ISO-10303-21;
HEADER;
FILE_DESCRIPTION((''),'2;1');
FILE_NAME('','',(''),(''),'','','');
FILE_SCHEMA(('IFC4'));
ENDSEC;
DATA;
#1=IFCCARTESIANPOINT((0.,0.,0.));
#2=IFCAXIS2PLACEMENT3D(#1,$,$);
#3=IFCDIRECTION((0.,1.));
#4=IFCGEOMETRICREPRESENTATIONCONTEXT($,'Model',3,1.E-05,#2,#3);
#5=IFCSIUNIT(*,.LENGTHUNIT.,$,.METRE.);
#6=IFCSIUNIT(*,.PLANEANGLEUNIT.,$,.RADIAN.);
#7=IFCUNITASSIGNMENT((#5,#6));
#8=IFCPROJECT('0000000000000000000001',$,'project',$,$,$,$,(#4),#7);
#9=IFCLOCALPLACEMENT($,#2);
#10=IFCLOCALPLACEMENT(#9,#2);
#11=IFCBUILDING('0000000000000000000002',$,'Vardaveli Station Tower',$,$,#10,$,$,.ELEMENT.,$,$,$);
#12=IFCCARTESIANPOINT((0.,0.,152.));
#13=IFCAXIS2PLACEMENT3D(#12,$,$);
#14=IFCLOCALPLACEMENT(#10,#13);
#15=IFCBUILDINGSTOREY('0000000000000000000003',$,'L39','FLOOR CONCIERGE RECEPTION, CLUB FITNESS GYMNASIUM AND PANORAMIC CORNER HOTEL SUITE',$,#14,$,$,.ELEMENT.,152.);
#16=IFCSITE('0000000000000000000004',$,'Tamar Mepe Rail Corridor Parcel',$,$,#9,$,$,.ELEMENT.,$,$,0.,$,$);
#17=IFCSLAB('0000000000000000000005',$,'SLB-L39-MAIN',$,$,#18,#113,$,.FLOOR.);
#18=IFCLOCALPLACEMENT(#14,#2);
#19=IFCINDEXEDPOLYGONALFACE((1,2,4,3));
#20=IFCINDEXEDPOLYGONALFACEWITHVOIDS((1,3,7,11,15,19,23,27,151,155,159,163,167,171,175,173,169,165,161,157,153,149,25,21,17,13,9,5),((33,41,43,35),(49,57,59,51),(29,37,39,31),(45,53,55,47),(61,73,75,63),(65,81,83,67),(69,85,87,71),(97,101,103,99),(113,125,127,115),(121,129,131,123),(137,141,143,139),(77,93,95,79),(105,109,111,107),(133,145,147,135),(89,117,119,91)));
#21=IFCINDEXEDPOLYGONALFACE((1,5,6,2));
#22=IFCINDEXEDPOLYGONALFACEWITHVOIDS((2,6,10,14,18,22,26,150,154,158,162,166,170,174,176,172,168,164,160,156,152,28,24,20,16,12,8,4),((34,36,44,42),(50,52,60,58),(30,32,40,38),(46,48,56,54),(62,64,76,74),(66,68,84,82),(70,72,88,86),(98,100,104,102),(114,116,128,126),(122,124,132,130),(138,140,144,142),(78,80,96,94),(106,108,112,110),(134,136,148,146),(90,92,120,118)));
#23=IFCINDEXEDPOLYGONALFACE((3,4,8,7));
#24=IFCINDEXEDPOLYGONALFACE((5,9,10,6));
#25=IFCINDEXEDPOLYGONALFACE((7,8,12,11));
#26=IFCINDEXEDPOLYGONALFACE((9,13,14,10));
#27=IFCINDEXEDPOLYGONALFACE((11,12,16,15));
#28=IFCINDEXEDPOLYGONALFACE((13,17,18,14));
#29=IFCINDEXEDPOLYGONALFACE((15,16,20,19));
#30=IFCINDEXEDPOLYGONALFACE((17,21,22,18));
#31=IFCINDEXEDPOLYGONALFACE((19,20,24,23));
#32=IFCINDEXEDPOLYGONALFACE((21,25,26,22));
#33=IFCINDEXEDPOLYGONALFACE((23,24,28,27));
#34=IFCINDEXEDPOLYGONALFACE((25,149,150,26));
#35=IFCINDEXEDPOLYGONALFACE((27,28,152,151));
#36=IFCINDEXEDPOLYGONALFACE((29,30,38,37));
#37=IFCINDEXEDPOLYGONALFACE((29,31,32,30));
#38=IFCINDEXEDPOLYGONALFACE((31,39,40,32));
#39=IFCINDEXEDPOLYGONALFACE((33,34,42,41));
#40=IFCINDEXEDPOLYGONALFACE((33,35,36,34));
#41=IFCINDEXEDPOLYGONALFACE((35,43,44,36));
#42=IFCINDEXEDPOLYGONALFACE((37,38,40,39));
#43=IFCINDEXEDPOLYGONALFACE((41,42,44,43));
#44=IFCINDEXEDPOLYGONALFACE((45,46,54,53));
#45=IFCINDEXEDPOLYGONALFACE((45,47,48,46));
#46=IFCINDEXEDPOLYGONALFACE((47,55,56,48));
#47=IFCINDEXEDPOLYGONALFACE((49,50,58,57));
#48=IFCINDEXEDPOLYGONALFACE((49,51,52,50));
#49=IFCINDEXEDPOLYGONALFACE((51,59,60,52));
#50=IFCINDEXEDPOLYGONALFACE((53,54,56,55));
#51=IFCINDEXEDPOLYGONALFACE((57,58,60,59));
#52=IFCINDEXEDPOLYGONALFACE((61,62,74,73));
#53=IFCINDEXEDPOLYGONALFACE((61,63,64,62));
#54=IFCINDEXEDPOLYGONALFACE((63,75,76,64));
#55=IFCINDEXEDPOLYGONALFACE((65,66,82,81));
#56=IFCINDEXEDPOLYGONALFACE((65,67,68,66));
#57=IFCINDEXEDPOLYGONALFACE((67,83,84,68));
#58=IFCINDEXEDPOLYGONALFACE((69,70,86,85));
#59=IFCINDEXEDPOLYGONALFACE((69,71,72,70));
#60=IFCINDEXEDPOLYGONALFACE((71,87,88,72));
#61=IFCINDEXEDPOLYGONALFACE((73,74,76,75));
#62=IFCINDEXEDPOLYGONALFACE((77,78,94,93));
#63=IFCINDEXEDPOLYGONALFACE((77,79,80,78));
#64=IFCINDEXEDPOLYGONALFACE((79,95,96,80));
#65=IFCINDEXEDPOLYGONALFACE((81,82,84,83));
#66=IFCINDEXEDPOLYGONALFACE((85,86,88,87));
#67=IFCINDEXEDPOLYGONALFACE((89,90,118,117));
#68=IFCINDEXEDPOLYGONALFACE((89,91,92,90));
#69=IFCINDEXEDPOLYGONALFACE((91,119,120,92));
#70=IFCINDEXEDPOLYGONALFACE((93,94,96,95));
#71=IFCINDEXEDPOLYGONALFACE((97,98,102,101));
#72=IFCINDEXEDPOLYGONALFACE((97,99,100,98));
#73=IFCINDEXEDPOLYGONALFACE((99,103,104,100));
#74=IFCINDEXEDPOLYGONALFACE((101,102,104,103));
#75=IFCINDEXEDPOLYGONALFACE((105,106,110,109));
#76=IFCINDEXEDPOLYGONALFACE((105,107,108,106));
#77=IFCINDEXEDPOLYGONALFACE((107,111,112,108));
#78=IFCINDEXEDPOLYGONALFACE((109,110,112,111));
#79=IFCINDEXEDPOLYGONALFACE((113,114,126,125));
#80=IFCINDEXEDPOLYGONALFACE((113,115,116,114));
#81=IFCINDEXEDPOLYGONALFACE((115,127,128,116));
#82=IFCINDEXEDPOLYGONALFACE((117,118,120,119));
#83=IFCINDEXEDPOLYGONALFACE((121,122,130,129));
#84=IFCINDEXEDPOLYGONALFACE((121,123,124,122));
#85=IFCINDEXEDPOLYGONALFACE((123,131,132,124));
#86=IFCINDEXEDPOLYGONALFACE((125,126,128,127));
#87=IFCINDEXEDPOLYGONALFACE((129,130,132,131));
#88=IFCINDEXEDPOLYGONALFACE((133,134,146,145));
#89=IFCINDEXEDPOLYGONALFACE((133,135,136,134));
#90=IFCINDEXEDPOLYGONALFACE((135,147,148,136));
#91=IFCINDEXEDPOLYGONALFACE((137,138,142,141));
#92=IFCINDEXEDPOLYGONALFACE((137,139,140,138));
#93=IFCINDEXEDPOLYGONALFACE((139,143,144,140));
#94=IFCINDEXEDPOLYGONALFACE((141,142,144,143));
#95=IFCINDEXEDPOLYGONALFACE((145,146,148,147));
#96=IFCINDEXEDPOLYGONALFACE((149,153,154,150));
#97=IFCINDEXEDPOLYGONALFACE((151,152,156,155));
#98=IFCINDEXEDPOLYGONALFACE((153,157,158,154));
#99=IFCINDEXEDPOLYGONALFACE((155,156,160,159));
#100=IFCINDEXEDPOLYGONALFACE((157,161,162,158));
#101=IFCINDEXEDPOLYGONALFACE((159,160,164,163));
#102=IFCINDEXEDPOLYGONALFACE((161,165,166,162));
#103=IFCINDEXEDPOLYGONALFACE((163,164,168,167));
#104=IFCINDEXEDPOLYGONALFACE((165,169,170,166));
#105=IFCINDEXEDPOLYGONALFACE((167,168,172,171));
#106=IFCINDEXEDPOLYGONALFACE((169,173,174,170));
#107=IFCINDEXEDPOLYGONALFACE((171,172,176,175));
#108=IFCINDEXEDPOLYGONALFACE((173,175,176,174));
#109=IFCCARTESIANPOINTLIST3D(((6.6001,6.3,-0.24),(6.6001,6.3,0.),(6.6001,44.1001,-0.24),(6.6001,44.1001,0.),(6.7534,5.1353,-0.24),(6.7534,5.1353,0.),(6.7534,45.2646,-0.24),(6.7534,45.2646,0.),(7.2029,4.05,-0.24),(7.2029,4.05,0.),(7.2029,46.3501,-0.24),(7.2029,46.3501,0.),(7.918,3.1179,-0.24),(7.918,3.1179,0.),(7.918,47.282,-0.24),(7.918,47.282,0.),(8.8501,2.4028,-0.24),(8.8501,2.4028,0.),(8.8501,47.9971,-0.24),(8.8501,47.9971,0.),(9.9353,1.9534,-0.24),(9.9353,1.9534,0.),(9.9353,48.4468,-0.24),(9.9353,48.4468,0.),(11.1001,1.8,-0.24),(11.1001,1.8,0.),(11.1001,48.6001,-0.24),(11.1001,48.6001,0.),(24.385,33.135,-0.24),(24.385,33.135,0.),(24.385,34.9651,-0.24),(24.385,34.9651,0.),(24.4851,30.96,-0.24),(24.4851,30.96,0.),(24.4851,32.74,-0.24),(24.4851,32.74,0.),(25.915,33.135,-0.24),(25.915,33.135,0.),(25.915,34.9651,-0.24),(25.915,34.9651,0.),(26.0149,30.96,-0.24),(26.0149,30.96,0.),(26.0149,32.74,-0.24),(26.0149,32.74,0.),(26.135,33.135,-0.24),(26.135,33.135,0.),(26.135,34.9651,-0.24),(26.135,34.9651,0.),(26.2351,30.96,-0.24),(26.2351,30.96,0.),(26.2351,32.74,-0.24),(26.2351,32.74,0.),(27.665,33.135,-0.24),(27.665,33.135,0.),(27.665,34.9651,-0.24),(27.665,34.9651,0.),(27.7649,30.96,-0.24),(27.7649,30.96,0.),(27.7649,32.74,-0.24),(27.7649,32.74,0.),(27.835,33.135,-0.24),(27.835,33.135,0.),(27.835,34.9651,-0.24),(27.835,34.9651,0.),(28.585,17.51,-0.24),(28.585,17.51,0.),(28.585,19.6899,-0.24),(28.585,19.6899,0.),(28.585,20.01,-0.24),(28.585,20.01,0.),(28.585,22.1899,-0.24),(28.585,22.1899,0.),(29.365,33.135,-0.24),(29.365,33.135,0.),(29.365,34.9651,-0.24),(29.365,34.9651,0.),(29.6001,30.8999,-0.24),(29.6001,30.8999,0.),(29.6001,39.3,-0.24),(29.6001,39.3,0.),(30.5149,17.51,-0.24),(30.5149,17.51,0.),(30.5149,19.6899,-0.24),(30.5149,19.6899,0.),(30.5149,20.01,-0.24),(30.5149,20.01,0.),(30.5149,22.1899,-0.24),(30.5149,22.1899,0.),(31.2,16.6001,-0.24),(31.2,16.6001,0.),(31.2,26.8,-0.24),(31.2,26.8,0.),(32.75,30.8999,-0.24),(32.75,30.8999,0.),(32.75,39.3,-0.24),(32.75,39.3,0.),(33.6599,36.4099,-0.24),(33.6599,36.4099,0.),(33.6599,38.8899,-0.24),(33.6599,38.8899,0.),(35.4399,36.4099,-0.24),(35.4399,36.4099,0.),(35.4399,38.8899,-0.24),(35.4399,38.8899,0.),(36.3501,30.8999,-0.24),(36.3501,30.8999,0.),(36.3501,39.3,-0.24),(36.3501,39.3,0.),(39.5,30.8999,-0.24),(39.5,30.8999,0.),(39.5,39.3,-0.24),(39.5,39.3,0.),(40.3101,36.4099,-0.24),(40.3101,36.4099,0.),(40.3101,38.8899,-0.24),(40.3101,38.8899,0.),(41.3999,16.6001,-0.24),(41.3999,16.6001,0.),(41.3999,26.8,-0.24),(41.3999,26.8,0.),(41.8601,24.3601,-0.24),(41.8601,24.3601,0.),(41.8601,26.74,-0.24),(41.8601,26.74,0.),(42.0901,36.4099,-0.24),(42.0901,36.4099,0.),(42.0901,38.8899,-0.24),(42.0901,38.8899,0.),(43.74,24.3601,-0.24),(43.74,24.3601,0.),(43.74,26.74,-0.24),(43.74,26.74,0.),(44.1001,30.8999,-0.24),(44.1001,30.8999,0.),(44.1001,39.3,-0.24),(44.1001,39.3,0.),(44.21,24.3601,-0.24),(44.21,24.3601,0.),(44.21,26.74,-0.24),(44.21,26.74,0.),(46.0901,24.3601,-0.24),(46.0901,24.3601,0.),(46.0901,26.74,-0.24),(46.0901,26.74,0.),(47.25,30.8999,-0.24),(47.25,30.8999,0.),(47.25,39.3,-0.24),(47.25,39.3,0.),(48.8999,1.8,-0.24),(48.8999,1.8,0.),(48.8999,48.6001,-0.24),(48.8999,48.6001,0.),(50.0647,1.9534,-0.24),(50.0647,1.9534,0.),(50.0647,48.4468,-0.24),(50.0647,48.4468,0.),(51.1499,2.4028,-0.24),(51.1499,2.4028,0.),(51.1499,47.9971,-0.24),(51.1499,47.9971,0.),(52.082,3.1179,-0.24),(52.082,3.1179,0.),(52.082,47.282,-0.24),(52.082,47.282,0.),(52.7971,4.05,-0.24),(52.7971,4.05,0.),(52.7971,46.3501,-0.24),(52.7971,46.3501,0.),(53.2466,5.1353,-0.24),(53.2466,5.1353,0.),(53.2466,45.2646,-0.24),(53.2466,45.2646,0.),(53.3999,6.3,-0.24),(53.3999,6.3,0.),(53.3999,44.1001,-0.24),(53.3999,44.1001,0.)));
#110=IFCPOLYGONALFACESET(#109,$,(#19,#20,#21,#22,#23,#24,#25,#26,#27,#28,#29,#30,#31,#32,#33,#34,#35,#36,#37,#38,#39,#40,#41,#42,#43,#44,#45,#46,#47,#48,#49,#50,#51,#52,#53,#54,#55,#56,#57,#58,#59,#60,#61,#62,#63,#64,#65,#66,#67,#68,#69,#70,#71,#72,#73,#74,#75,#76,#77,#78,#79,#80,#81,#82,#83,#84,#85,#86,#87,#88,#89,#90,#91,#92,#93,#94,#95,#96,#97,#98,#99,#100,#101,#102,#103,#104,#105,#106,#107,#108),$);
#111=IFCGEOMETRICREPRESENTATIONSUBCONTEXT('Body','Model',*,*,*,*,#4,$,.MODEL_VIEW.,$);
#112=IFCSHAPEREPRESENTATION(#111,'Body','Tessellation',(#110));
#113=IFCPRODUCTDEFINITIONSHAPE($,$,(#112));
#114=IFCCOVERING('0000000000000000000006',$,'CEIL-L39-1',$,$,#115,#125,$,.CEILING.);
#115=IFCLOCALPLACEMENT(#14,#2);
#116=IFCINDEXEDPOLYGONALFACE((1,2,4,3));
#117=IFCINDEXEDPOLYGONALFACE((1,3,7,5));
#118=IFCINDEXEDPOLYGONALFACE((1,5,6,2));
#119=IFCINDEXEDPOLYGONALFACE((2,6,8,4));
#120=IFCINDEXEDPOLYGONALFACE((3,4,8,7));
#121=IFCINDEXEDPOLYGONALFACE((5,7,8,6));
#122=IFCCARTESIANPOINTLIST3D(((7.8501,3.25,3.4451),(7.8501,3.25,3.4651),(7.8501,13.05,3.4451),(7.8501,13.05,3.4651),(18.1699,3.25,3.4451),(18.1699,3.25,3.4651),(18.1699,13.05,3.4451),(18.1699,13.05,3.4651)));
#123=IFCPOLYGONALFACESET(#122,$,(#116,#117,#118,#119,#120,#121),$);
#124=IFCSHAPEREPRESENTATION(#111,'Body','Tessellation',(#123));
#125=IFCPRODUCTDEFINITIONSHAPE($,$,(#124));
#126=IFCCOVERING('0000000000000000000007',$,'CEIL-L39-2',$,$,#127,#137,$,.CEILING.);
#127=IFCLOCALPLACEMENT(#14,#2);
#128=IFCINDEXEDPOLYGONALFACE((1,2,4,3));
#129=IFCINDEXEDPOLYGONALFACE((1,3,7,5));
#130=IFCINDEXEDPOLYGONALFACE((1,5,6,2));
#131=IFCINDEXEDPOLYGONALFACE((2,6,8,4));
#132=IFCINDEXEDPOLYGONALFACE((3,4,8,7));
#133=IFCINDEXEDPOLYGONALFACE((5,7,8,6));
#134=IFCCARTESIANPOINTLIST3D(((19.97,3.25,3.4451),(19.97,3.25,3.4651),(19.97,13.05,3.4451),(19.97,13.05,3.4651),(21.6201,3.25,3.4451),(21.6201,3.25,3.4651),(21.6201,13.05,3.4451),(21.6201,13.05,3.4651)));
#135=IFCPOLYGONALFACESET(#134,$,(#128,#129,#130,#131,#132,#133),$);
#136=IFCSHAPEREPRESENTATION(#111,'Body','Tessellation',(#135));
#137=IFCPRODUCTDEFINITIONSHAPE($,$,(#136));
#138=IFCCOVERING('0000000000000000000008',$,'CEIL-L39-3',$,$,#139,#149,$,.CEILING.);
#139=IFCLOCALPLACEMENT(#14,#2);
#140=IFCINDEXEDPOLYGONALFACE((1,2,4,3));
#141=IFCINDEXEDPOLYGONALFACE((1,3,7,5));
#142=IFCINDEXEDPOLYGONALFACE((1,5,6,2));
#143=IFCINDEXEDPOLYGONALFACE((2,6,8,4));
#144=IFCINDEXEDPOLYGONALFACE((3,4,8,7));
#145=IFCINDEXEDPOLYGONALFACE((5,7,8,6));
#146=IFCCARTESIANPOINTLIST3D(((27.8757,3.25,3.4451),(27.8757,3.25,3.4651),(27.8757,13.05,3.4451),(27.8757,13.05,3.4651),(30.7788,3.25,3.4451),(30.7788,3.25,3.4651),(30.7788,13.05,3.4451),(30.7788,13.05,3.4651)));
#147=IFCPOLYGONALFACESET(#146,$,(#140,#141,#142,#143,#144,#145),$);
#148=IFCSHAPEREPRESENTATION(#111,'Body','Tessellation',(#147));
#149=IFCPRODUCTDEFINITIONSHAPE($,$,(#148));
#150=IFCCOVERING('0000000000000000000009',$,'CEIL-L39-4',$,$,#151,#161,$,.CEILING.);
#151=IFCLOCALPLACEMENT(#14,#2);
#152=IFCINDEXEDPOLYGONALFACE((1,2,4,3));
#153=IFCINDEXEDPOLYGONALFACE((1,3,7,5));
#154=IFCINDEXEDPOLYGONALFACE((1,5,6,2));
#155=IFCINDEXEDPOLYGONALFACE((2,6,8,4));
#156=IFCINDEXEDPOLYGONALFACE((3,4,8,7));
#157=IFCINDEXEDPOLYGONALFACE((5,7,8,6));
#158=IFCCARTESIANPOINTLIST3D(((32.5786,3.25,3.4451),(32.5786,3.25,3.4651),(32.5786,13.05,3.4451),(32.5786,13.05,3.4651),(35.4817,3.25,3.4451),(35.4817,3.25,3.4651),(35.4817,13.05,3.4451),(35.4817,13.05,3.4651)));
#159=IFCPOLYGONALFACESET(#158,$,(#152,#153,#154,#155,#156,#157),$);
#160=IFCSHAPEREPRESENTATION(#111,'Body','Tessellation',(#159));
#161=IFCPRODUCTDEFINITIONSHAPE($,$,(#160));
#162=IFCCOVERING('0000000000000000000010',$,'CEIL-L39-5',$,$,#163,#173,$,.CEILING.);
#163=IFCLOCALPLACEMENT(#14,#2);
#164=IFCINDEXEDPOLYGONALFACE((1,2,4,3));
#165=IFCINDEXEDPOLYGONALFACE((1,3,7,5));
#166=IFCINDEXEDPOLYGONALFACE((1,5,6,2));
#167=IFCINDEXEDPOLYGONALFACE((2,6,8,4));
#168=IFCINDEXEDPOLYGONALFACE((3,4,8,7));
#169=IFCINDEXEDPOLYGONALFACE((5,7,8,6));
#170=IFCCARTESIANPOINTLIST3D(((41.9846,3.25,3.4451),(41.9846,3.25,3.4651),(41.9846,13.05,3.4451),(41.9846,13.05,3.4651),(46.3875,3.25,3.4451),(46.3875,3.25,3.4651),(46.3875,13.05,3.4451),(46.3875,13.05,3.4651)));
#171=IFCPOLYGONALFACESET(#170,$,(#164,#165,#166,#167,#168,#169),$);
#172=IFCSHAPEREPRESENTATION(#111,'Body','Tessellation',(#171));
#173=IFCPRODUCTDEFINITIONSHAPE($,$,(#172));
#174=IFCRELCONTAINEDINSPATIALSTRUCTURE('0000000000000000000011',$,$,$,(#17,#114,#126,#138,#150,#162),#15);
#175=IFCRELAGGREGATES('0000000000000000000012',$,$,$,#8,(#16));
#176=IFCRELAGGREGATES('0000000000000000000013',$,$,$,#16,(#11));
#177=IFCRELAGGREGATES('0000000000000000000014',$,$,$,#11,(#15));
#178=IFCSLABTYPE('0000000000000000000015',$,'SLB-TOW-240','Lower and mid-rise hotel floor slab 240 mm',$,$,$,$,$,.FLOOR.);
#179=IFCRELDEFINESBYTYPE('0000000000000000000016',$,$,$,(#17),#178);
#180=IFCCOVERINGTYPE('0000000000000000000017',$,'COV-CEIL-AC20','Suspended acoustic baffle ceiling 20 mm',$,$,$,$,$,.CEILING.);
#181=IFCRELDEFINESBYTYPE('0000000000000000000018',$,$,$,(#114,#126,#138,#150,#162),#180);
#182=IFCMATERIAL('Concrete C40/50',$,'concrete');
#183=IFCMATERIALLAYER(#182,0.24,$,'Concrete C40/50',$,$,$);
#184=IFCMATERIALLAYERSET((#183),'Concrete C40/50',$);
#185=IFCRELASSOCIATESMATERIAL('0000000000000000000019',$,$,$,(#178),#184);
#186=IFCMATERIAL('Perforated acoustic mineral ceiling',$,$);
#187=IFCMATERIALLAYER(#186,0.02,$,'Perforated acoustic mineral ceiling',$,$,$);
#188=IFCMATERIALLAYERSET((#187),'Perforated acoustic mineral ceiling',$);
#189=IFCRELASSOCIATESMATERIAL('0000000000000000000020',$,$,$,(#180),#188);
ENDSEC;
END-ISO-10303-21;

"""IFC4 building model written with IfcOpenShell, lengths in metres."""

from ifc_helpers import new_model, si_unit, direction, frame, origin, place, context, subcontext, project, spatial, polyline, outline, extrude, material, layer, layer_set, type_object, element, save


model = new_model("IFC4")

# Units and contexts
model_context = context("Model", 3, precision=1e-05, world=origin(), true_north=direction((0.0, 1.0)))
body_context = subcontext(model_context, "Body", "Model", "MODEL_VIEW")
ifc_project = project(units=[si_unit("LENGTHUNIT", "METRE"), si_unit("PLANEANGLEUNIT", "RADIAN")], contexts=[model_context])

# Site, building, storey
site_placement = place(None, origin())
site = spatial("IfcSite", under=ifc_project, at=site_placement, Name="Tamar Mepe Rail Corridor Parcel", CompositionType="ELEMENT", RefElevation=0.0)
building_placement = place(site_placement, origin())
building = spatial("IfcBuilding", under=site, at=building_placement, Name="Vardaveli Station Tower", CompositionType="ELEMENT")
storey_placement = place(building_placement, frame((0.0, 0.0, 152.0)))
storey = spatial("IfcBuildingStorey", under=building, at=storey_placement, Name="L39", Description="FLOOR CONCIERGE RECEPTION, CLUB FITNESS GYMNASIUM AND PANORAMIC CORNER HOTEL SUITE", CompositionType="ELEMENT", Elevation=152.0)

# Shared definitions
ifc_material_1 = material(Name="Concrete C40/50", Category="concrete")

# Slab
ifc_layer_1 = layer(ifc_material_1, 0.24, Name="Concrete C40/50")
ifc_layer_set_1 = layer_set([ifc_layer_1], Name="Concrete C40/50")
slab_type_1 = type_object("IfcSlabType", Name="SLB-TOW-240", Description="Lower and mid-rise hotel floor slab 240 mm", PredefinedType="FLOOR", material=ifc_layer_set_1)
slab_1_placement = place(storey_placement, frame((0.0, 0.0, -0.24)))
element("IfcSlab", 1, at=slab_1_placement, inside=storey, type_object=slab_type_1, Name="SLB-L39-MAIN", PredefinedType="FLOOR", context=body_context, shape_type="SweptSolid", body=[
    extrude(outline(polyline([(6.6001, 6.3), (6.7534, 5.1353), (7.2029, 4.05), (7.918, 3.1179), (8.8501, 2.4028), (9.9353, 1.9534), (11.1001, 1.8), (48.8999, 1.8), (50.0647, 1.9534), (51.1499, 2.4028), (52.082, 3.1179), (52.7971, 4.05), (53.2466, 5.1353), (53.3999, 6.3), (53.3999, 44.1001), (53.2466, 45.2646), (52.7971, 46.3501), (52.082, 47.282), (51.1499, 47.9971), (50.0647, 48.4468), (48.8999, 48.6001), (11.1001, 48.6001), (9.9353, 48.4468), (8.8501, 47.9971), (7.918, 47.282), (7.2029, 46.3501), (6.7534, 45.2646), (6.6001, 44.1001), (6.6001, 6.3)]), holes=[polyline([(31.2, 16.6001), (41.3999, 16.6001), (41.3999, 26.8), (31.2, 26.8), (31.2, 16.6001)]), polyline([(32.75, 30.8999), (32.75, 39.3), (29.6001, 39.3), (29.6001, 30.8999), (32.75, 30.8999)]), polyline([(39.5, 30.8999), (39.5, 39.3), (36.3501, 39.3), (36.3501, 30.8999), (39.5, 30.8999)]), polyline([(47.25, 30.8999), (47.25, 39.3), (44.1001, 39.3), (44.1001, 30.8999), (47.25, 30.8999)]), polyline([(24.385, 33.135), (25.915, 33.135), (25.915, 34.9651), (24.385, 34.9651), (24.385, 33.135)]), polyline([(26.135, 33.135), (27.665, 33.135), (27.665, 34.9651), (26.135, 34.9651), (26.135, 33.135)]), polyline([(27.835, 33.135), (29.365, 33.135), (29.365, 34.9651), (27.835, 34.9651), (27.835, 33.135)]), polyline([(33.6599, 36.4099), (35.4399, 36.4099), (35.4399, 38.8899), (33.6599, 38.8899), (33.6599, 36.4099)]), polyline([(40.3101, 36.4099), (42.0901, 36.4099), (42.0901, 38.8899), (40.3101, 38.8899), (40.3101, 36.4099)]), polyline([(24.4851, 30.96), (26.0149, 30.96), (26.0149, 32.74), (24.4851, 32.74), (24.4851, 30.96)]), polyline([(26.2351, 30.96), (27.7649, 30.96), (27.7649, 32.74), (26.2351, 32.74), (26.2351, 30.96)]), polyline([(28.585, 17.51), (30.5149, 17.51), (30.5149, 19.6899), (28.585, 19.6899), (28.585, 17.51)]), polyline([(28.585, 20.01), (30.5149, 20.01), (30.5149, 22.1899), (28.585, 22.1899), (28.585, 20.01)]), polyline([(41.8601, 24.3601), (43.74, 24.3601), (43.74, 26.74), (41.8601, 26.74), (41.8601, 24.3601)]), polyline([(44.21, 24.3601), (46.0901, 24.3601), (46.0901, 26.74), (44.21, 26.74), (44.21, 24.3601)])]), origin(), (0.0, 0.0, 1.0), 0.24),
])

# Coverings
ifc_material_2 = material(Name="Perforated acoustic mineral ceiling")
ifc_layer_2 = layer(ifc_material_2, 0.02, Name="Perforated acoustic mineral ceiling")
ifc_layer_set_2 = layer_set([ifc_layer_2], Name="Perforated acoustic mineral ceiling")
covering_type_1 = type_object("IfcCoveringType", Name="COV-CEIL-AC20", Description="Suspended acoustic baffle ceiling 20 mm", PredefinedType="CEILING", material=ifc_layer_set_2)
covering_1_placement = place(storey_placement, frame((0.0, 0.0, 3.4451)))
element("IfcCovering", 2, at=covering_1_placement, inside=storey, type_object=covering_type_1, Name="CEIL-L39-1", PredefinedType="CEILING", context=body_context, shape_type="SweptSolid", body=[
    extrude(outline(polyline([(7.8501, 3.25), (18.1699, 3.25), (18.1699, 13.05), (7.8501, 13.05), (7.8501, 3.25)])), origin(), (0.0, 0.0, 1.0), 0.02),
])
covering_2_placement = place(storey_placement, frame((0.0, 0.0, 3.4451)))
element("IfcCovering", 3, at=covering_2_placement, inside=storey, type_object=covering_type_1, Name="CEIL-L39-2", PredefinedType="CEILING", context=body_context, shape_type="SweptSolid", body=[
    extrude(outline(polyline([(19.97, 3.25), (21.6201, 3.25), (21.6201, 13.05), (19.97, 13.05), (19.97, 3.25)])), origin(), (0.0, 0.0, 1.0), 0.02),
])
covering_3_placement = place(storey_placement, frame((0.0, 0.0, 3.4451)))
element("IfcCovering", 4, at=covering_3_placement, inside=storey, type_object=covering_type_1, Name="CEIL-L39-3", PredefinedType="CEILING", context=body_context, shape_type="SweptSolid", body=[
    extrude(outline(polyline([(27.8757, 3.25), (30.7788, 3.25), (30.7788, 13.05), (27.8757, 13.05), (27.8757, 3.25)])), origin(), (0.0, 0.0, 1.0), 0.02),
])
covering_4_placement = place(storey_placement, frame((0.0, 0.0, 3.4451)))
element("IfcCovering", 5, at=covering_4_placement, inside=storey, type_object=covering_type_1, Name="CEIL-L39-4", PredefinedType="CEILING", context=body_context, shape_type="SweptSolid", body=[
    extrude(outline(polyline([(32.5786, 3.25), (35.4817, 3.25), (35.4817, 13.05), (32.5786, 13.05), (32.5786, 3.25)])), origin(), (0.0, 0.0, 1.0), 0.02),
])
covering_5_placement = place(storey_placement, frame((0.0, 0.0, 3.4451)))
element("IfcCovering", 6, at=covering_5_placement, inside=storey, type_object=covering_type_1, Name="CEIL-L39-5", PredefinedType="CEILING", context=body_context, shape_type="SweptSolid", body=[
    extrude(outline(polyline([(41.9846, 3.25), (46.3875, 3.25), (46.3875, 13.05), (41.9846, 13.05), (41.9846, 3.25)])), origin(), (0.0, 0.0, 1.0), 0.02),
])

save(model, "model.ifc")
